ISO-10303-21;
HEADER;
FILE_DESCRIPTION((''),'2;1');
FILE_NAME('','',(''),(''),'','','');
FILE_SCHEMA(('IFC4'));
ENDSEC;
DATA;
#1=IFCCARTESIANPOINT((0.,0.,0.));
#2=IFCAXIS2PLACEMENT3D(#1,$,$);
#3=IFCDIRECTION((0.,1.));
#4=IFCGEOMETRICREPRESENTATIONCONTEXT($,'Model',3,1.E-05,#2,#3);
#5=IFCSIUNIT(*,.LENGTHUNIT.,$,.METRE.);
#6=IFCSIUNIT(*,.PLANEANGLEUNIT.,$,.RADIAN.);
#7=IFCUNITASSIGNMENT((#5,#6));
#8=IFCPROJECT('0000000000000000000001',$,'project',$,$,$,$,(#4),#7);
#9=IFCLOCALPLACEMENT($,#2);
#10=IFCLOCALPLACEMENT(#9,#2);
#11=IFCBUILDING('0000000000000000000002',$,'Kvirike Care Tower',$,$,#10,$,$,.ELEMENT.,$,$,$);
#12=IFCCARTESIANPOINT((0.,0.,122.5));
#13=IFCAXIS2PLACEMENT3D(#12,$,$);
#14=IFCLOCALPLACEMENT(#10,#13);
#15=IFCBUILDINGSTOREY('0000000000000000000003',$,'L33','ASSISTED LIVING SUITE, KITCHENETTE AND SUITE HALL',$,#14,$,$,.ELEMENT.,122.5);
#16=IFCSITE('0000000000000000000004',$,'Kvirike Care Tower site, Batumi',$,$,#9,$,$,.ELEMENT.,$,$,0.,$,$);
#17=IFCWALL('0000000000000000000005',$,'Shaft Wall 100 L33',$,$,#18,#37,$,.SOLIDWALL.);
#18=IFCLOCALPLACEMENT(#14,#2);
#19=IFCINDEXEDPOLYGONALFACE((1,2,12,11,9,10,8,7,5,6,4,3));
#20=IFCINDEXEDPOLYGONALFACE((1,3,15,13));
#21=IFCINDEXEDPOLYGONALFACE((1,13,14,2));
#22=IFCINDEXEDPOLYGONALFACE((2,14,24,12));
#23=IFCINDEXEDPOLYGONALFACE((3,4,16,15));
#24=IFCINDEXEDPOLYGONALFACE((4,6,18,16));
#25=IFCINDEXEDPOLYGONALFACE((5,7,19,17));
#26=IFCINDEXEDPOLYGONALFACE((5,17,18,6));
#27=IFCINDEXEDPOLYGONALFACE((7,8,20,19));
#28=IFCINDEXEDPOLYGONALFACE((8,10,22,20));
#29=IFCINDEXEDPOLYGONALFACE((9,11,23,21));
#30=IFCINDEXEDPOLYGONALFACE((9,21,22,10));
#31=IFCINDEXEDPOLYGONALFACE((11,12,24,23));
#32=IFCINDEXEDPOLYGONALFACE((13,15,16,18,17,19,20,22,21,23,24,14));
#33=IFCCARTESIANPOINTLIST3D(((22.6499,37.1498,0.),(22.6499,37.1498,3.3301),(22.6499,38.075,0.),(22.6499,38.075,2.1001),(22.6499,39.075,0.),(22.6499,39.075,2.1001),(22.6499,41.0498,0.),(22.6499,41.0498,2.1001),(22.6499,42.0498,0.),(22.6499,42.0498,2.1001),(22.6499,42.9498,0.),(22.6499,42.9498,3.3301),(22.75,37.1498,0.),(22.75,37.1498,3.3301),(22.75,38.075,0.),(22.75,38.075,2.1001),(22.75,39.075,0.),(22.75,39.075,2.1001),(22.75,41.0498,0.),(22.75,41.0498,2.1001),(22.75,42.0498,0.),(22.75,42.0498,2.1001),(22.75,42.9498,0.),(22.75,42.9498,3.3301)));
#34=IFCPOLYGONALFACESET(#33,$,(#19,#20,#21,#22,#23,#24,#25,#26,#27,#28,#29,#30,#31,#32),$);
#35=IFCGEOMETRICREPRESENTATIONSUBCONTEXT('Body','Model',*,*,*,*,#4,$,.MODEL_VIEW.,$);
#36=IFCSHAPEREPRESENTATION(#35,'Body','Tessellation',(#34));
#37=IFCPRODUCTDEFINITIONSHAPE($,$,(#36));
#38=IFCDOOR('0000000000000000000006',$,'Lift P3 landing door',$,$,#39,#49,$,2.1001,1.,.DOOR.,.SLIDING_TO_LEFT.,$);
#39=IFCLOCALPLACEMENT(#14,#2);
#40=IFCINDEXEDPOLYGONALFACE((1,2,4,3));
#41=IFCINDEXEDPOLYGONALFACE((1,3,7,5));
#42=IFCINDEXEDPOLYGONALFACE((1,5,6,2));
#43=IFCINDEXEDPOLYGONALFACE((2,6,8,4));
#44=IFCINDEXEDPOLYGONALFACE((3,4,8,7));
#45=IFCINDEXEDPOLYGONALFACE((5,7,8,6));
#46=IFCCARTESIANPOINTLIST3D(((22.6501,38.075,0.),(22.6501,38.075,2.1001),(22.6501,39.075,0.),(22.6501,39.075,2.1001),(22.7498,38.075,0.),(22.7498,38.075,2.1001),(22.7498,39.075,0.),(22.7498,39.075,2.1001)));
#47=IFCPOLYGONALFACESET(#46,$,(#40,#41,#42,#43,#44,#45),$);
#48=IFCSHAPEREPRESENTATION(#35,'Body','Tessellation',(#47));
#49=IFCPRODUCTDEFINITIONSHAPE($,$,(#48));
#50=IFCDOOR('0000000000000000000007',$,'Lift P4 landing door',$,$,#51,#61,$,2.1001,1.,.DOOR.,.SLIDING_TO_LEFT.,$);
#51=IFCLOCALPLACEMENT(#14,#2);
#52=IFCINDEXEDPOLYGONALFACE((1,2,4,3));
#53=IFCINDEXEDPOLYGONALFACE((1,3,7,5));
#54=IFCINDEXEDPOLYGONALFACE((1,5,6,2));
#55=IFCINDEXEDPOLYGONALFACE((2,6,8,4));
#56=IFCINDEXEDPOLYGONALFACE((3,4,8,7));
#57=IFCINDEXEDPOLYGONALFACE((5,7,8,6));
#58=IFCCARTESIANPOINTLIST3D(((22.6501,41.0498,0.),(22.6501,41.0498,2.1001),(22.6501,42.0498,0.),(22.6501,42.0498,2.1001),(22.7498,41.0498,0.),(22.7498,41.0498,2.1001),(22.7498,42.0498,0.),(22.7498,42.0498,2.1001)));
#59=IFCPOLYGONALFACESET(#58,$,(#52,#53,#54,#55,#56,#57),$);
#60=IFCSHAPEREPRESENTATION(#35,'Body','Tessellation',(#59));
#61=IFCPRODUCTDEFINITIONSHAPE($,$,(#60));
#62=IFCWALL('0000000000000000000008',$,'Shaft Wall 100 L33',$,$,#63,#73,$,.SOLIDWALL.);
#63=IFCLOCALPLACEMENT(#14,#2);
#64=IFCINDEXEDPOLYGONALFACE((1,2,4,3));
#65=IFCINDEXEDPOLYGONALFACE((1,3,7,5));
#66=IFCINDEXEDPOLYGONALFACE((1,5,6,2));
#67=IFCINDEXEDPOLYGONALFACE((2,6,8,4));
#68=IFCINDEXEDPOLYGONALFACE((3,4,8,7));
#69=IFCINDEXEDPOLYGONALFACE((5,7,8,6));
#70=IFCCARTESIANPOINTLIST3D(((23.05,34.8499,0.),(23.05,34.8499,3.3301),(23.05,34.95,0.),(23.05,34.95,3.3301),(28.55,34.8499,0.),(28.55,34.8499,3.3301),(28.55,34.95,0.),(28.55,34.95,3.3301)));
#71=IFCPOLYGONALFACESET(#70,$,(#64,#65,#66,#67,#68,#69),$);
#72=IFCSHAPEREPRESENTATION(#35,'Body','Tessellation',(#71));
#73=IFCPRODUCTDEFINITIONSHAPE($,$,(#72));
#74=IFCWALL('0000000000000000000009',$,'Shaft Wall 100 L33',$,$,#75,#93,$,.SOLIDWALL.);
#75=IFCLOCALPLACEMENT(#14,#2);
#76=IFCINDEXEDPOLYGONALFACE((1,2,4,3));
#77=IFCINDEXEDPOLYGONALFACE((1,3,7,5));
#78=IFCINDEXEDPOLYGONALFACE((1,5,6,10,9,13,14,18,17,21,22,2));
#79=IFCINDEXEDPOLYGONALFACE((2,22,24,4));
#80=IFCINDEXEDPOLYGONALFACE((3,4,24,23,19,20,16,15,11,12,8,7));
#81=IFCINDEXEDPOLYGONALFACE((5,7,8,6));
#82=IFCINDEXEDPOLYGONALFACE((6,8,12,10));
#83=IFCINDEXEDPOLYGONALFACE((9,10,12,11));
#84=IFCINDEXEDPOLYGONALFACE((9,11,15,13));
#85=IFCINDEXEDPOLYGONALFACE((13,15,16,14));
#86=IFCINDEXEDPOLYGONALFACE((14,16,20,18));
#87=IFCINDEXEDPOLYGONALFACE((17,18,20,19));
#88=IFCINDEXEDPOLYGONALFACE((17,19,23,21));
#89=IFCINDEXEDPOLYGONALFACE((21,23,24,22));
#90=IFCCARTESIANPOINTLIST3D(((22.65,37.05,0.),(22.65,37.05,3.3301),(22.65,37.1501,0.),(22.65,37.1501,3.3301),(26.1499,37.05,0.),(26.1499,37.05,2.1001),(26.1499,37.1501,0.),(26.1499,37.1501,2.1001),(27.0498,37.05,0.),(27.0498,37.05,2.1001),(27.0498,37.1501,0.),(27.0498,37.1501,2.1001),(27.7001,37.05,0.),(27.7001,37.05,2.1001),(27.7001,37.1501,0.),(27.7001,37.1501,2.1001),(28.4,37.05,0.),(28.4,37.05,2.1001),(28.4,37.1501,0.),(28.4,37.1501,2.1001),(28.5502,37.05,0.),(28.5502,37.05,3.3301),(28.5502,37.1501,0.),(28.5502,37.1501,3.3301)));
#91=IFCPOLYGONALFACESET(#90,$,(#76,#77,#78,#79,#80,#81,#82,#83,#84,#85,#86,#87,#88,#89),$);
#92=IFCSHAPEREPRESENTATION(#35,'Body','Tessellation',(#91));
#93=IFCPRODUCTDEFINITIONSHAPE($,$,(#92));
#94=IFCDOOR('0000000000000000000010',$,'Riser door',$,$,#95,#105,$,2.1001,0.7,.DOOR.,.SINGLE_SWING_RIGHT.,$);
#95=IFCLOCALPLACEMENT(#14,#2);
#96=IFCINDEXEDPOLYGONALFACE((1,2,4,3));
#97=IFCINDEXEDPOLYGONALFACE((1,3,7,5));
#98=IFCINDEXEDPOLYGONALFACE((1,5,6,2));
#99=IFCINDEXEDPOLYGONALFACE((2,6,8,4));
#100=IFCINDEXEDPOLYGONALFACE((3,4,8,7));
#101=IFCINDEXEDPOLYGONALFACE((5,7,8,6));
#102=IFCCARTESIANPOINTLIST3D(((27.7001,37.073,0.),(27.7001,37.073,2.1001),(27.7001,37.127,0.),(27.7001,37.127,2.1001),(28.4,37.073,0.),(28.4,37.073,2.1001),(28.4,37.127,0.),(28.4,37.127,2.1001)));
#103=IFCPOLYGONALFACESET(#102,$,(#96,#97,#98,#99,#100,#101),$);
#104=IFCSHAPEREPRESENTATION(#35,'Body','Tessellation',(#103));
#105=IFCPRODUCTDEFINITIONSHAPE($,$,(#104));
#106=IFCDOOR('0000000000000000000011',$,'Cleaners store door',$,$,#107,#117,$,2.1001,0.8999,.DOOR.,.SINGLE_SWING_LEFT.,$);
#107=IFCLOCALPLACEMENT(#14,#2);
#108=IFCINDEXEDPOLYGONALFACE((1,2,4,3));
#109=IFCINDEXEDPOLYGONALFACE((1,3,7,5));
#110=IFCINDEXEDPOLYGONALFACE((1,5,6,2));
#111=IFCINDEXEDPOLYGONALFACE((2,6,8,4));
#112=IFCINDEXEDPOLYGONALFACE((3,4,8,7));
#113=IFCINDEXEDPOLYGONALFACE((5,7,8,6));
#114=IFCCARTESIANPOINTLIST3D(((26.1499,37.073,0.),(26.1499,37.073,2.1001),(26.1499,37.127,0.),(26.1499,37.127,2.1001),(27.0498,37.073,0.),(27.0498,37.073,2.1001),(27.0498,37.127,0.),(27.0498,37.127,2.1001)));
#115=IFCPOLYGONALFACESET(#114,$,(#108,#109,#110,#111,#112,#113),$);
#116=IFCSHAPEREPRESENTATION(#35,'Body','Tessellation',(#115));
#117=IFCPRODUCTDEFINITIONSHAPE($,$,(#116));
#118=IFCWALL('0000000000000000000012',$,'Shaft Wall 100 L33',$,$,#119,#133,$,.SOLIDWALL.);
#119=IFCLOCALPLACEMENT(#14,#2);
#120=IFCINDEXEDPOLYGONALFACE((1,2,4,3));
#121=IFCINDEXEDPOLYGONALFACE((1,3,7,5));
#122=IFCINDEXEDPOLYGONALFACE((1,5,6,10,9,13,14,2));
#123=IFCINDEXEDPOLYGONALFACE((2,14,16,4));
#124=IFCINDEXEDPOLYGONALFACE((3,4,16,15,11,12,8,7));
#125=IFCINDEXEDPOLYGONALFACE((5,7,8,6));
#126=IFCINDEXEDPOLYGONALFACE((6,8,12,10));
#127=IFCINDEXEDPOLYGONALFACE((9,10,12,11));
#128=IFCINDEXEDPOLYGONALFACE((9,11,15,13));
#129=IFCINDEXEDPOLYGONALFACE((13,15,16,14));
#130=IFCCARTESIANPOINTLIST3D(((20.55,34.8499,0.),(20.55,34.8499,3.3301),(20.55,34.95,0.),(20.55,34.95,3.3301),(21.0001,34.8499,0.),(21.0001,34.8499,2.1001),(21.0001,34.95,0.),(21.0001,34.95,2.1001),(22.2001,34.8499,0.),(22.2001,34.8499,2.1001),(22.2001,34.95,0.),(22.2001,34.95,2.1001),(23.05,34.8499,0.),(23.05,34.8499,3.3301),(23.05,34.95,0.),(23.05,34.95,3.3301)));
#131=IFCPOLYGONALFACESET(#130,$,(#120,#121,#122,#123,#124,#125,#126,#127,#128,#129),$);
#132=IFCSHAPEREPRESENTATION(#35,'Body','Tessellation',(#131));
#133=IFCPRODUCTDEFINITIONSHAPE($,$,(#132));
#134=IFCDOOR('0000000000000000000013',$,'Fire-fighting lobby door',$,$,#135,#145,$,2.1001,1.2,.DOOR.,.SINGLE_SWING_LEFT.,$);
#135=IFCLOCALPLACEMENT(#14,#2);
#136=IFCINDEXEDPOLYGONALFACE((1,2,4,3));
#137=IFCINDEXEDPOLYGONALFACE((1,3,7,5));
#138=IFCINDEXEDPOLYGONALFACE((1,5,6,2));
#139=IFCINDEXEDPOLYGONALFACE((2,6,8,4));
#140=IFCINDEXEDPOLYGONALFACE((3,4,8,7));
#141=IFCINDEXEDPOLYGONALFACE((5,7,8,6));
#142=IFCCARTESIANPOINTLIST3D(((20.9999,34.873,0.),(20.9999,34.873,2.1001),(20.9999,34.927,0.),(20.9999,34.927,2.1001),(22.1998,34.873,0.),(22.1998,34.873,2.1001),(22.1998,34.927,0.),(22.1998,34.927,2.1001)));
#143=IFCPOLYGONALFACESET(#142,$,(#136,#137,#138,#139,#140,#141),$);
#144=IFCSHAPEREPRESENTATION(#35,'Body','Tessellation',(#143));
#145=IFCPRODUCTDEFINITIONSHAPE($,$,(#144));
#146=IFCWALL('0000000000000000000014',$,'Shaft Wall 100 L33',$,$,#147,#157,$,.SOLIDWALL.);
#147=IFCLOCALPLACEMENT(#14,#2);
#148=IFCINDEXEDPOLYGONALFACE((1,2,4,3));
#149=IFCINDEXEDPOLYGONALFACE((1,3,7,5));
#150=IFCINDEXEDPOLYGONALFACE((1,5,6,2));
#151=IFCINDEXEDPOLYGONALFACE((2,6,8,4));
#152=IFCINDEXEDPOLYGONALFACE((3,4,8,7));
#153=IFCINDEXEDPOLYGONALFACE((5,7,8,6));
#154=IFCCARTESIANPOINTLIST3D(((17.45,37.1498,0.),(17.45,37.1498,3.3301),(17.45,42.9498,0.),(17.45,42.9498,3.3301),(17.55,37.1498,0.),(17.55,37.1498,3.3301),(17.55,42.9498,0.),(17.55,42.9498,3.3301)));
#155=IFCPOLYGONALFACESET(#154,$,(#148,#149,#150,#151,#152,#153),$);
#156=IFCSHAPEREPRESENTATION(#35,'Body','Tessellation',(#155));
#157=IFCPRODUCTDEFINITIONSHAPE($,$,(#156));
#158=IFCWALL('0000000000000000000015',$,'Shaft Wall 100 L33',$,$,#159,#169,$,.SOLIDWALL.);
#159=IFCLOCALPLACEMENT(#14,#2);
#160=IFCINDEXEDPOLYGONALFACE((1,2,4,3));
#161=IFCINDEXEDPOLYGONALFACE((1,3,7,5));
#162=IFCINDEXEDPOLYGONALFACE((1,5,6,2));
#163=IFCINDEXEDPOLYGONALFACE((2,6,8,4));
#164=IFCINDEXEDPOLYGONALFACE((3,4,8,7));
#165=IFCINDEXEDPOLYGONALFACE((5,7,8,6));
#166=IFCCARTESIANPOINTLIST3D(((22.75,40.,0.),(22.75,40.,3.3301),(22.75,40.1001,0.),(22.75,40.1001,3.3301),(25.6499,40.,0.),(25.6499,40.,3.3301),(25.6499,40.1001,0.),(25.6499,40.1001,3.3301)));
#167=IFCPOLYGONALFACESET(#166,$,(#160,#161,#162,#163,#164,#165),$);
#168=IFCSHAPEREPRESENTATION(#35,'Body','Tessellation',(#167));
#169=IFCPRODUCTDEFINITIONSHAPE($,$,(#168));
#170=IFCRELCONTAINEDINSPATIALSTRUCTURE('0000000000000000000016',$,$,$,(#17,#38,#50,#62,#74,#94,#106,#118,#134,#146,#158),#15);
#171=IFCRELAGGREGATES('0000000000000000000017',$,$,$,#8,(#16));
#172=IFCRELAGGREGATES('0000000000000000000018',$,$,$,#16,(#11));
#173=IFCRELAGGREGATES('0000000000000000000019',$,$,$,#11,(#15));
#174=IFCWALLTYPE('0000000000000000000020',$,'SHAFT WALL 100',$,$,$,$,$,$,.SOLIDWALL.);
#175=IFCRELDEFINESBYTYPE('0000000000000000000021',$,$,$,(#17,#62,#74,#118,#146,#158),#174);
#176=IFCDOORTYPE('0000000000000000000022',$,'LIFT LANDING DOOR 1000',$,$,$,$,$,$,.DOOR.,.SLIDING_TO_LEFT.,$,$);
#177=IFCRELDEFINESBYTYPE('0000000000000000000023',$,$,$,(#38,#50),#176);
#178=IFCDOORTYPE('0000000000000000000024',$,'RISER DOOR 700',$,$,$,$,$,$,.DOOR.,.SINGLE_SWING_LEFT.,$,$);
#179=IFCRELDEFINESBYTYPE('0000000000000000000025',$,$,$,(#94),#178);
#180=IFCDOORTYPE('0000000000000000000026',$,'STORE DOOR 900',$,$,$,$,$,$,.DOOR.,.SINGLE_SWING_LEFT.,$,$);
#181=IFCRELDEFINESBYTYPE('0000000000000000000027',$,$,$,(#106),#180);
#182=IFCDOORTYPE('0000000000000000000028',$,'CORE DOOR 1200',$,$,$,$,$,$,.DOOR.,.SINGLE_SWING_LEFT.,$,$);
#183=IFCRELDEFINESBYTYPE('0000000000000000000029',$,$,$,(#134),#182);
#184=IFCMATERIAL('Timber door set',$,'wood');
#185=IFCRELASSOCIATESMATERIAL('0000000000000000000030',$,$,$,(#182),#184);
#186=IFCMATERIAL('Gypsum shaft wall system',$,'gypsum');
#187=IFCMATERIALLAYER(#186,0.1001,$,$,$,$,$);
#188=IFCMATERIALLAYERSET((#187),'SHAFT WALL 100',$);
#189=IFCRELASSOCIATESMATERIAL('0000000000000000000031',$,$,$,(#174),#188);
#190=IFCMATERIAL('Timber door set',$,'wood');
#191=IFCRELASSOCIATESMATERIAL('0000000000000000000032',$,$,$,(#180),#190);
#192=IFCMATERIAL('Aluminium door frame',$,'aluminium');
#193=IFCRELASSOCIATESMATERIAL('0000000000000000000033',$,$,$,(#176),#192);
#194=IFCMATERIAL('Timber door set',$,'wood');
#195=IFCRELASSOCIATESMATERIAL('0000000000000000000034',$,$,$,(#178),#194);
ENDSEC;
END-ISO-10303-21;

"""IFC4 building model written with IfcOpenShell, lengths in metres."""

from ifc_helpers import new_model, si_unit, direction, frame, frame_2d, origin, place, context, subcontext, project, spatial, rectangle, extrude, material, layer, layer_set, type_object, element, fill, save


model = new_model("IFC4")

# Units and contexts
model_context = context("Model", 3, precision=1e-05, world=origin(), true_north=direction((0.0, 1.0)))
body_context = subcontext(model_context, "Body", "Model", "MODEL_VIEW")
ifc_project = project(units=[si_unit("LENGTHUNIT", "METRE"), si_unit("PLANEANGLEUNIT", "RADIAN")], contexts=[model_context])

# Site, building, storey
site_placement = place(None, origin())
site = spatial("IfcSite", under=ifc_project, at=site_placement, Name="Kvirike Care Tower site, Batumi", CompositionType="ELEMENT", RefElevation=0.0)
building_placement = place(site_placement, origin())
building = spatial("IfcBuilding", under=site, at=building_placement, Name="Kvirike Care Tower", CompositionType="ELEMENT")
storey_placement = place(building_placement, frame((0.0, 0.0, 122.5)))
storey = spatial("IfcBuildingStorey", under=building, at=storey_placement, Name="L33", Description="ASSISTED LIVING SUITE, KITCHENETTE AND SUITE HALL", CompositionType="ELEMENT", Elevation=122.5)

# Shared definitions
ifc_material_1 = material(Name="Timber door set", Category="wood")
door_type_1 = type_object("IfcDoorType", Name="CORE DOOR 1200", OperationType="SINGLE_SWING_LEFT", PredefinedType="DOOR", material=ifc_material_1)

# Shared definitions
ifc_material_2 = material(Name="Gypsum shaft wall system", Category="gypsum")
ifc_layer_1 = layer(ifc_material_2, 0.1001)
ifc_layer_set_1 = layer_set([ifc_layer_1], Name="SHAFT WALL 100")
wall_type_1 = type_object("IfcWallType", Name="SHAFT WALL 100", PredefinedType="SOLIDWALL", material=ifc_layer_set_1)

# Shared definitions
ifc_material_3 = material(Name="Timber door set", Category="wood")
door_type_2 = type_object("IfcDoorType", Name="STORE DOOR 900", OperationType="SINGLE_SWING_LEFT", PredefinedType="DOOR", material=ifc_material_3)

# Wall, openings, doors
wall_1_placement = place(storey_placement, frame((22.7, 37.1499, 0.0), z_axis=(0.0, 0.0, 1.0), x_axis=(0.0, 1.0, 0.0)))
wall_1 = element("IfcWall", 1, at=wall_1_placement, inside=storey, type_object=wall_type_1, Name="Shaft Wall 100 L33", PredefinedType="SOLIDWALL", context=body_context, shape_type="SweptSolid", body=[
    extrude(rectangle(XDim=5.8, YDim=0.1001, at=frame_2d((2.8999, 0.0))), origin(), (0.0, 0.0, 1.0), 3.3301),
])
opening_1_placement = place(wall_1_placement, frame((0.925, 0.0, 0.0)))
opening_1 = element("IfcOpeningElement", 2, at=opening_1_placement, cuts=wall_1, PredefinedType="OPENING", context=body_context, shape_type="SweptSolid", body=[
    extrude(rectangle(XDim=1.0, YDim=2.1001, at=frame_2d((0.5, 1.05))), frame((0.0, 0.0605, 0.0), z_axis=(0.0, -1.0, 0.0), x_axis=(1.0, 0.0, 0.0)), (0.0, 0.0, 1.0), 0.1211),
])
opening_2_placement = place(wall_1_placement, frame((3.8999, 0.0, 0.0)))
opening_2 = element("IfcOpeningElement", 3, at=opening_2_placement, cuts=wall_1, PredefinedType="OPENING", context=body_context, shape_type="SweptSolid", body=[
    extrude(rectangle(XDim=1.0, YDim=2.1001, at=frame_2d((0.5, 1.05))), frame((0.0, 0.0605, 0.0), z_axis=(0.0, -1.0, 0.0), x_axis=(1.0, 0.0, 0.0)), (0.0, 0.0, 1.0), 0.1211),
])
ifc_material_4 = material(Name="Aluminium door frame", Category="aluminium")
door_type_3 = type_object("IfcDoorType", Name="LIFT LANDING DOOR 1000", OperationType="SLIDING_TO_LEFT", PredefinedType="DOOR", material=ifc_material_4)
door_1_placement = place(opening_1_placement, origin())
door_1 = element("IfcDoor", 4, at=door_1_placement, inside=storey, type_object=door_type_3, Name="Lift P3 landing door", OperationType="SLIDING_TO_LEFT", OverallHeight=2.1001, OverallWidth=1.0, PredefinedType="DOOR", context=body_context, shape_type="SweptSolid", body=[
    extrude(rectangle(XDim=1.0, YDim=2.1001, at=frame_2d((0.5, 1.05))), frame((0.0, 0.0498, 0.0), z_axis=(0.0, -1.0, 0.0), x_axis=(1.0, 0.0, 0.0)), (0.0, 0.0, 1.0), 0.0996),
])
fill(opening_1, door_1)
door_2_placement = place(opening_2_placement, origin())
door_2 = element("IfcDoor", 5, at=door_2_placement, inside=storey, type_object=door_type_3, Name="Lift P4 landing door", OperationType="SLIDING_TO_LEFT", OverallHeight=2.1001, OverallWidth=1.0, PredefinedType="DOOR", context=body_context, shape_type="SweptSolid", body=[
    extrude(rectangle(XDim=1.0, YDim=2.1001, at=frame_2d((0.5, 1.05))), frame((0.0, 0.0498, 0.0), z_axis=(0.0, -1.0, 0.0), x_axis=(1.0, 0.0, 0.0)), (0.0, 0.0, 1.0), 0.0996),
])
fill(opening_2, door_2)

# Wall
wall_2_placement = place(storey_placement, frame((23.05, 34.8999, 0.0), z_axis=(0.0, 0.0, 1.0), x_axis=(1.0, 0.0, 0.0)))
element("IfcWall", 6, at=wall_2_placement, inside=storey, type_object=wall_type_1, Name="Shaft Wall 100 L33", PredefinedType="SOLIDWALL", context=body_context, shape_type="SweptSolid", body=[
    extrude(rectangle(XDim=5.5, YDim=0.1001, at=frame_2d((2.75, 0.0))), origin(), (0.0, 0.0, 1.0), 3.3301),
])

# Wall, openings, doors
wall_3_placement = place(storey_placement, frame((22.6499, 37.1001, 0.0), z_axis=(0.0, 0.0, 1.0), x_axis=(1.0, 0.0, 0.0)))
wall_3 = element("IfcWall", 7, at=wall_3_placement, inside=storey, type_object=wall_type_1, Name="Shaft Wall 100 L33", PredefinedType="SOLIDWALL", context=body_context, shape_type="SweptSolid", body=[
    extrude(rectangle(XDim=5.9001, YDim=0.1001, at=frame_2d((2.9502, 0.0))), origin(), (0.0, 0.0, 1.0), 3.3301),
])
opening_3_placement = place(wall_3_placement, frame((3.5, 0.0, 0.0)))
opening_3 = element("IfcOpeningElement", 8, at=opening_3_placement, cuts=wall_3, PredefinedType="OPENING", context=body_context, shape_type="SweptSolid", body=[
    extrude(rectangle(XDim=0.8999, YDim=2.1001, at=frame_2d((0.45, 1.05))), frame((0.0, 0.0605, 0.0), z_axis=(0.0, -1.0, 0.0), x_axis=(1.0, 0.0, 0.0)), (0.0, 0.0, 1.0), 0.1211),
])
opening_4_placement = place(wall_3_placement, frame((5.05, 0.0, 0.0)))
opening_4 = element("IfcOpeningElement", 9, at=opening_4_placement, cuts=wall_3, PredefinedType="OPENING", context=body_context, shape_type="SweptSolid", body=[
    extrude(rectangle(XDim=0.7, YDim=2.1001, at=frame_2d((0.3501, 1.05))), frame((0.0, 0.0605, 0.0), z_axis=(0.0, -1.0, 0.0), x_axis=(1.0, 0.0, 0.0)), (0.0, 0.0, 1.0), 0.1211),
])
ifc_material_5 = material(Name="Timber door set", Category="wood")
door_type_4 = type_object("IfcDoorType", Name="RISER DOOR 700", OperationType="SINGLE_SWING_LEFT", PredefinedType="DOOR", material=ifc_material_5)
door_3_placement = place(opening_4_placement, origin())
door_3 = element("IfcDoor", 10, at=door_3_placement, inside=storey, type_object=door_type_4, Name="Riser door", OperationType="SINGLE_SWING_RIGHT", OverallHeight=2.1001, OverallWidth=0.7, PredefinedType="DOOR", context=body_context, shape_type="SweptSolid", body=[
    extrude(rectangle(XDim=0.7, YDim=2.1001, at=frame_2d((0.3501, 1.05))), frame((0.0, 0.0269, 0.0), z_axis=(0.0, -1.0, 0.0), x_axis=(1.0, 0.0, 0.0)), (0.0, 0.0, 1.0), 0.054),
])
fill(opening_4, door_3)
door_4_placement = place(opening_3_placement, origin())
door_4 = element("IfcDoor", 11, at=door_4_placement, inside=storey, type_object=door_type_2, Name="Cleaners store door", OperationType="SINGLE_SWING_LEFT", OverallHeight=2.1001, OverallWidth=0.8999, PredefinedType="DOOR", context=body_context, shape_type="SweptSolid", body=[
    extrude(rectangle(XDim=0.8999, YDim=2.1001, at=frame_2d((0.45, 1.05))), frame((0.0, 0.0269, 0.0), z_axis=(0.0, -1.0, 0.0), x_axis=(1.0, 0.0, 0.0)), (0.0, 0.0, 1.0), 0.054),
])
fill(opening_3, door_4)

# Wall, opening, door
wall_4_placement = place(storey_placement, frame((20.55, 34.8999, 0.0), z_axis=(0.0, 0.0, 1.0), x_axis=(1.0, 0.0, 0.0)))
wall_4 = element("IfcWall", 12, at=wall_4_placement, inside=storey, type_object=wall_type_1, Name="Shaft Wall 100 L33", PredefinedType="SOLIDWALL", context=body_context, shape_type="SweptSolid", body=[
    extrude(rectangle(XDim=2.5, YDim=0.1001, at=frame_2d((1.25, 0.0))), origin(), (0.0, 0.0, 1.0), 3.3301),
])
opening_5_placement = place(wall_4_placement, frame((0.45, 0.0, 0.0)))
opening_5 = element("IfcOpeningElement", 13, at=opening_5_placement, cuts=wall_4, PredefinedType="OPENING", context=body_context, shape_type="SweptSolid", body=[
    extrude(rectangle(XDim=1.2, YDim=2.1001, at=frame_2d((0.6001, 1.05))), frame((0.0, 0.0605, 0.0), z_axis=(0.0, -1.0, 0.0), x_axis=(1.0, 0.0, 0.0)), (0.0, 0.0, 1.0), 0.1211),
])
door_5_placement = place(opening_5_placement, frame((1.2, 0.0, 0.0), z_axis=(0.0, 0.0, 1.0), x_axis=(-1.0, 0.0, 0.0)))
door_5 = element("IfcDoor", 14, at=door_5_placement, inside=storey, type_object=door_type_1, Name="Fire-fighting lobby door", OperationType="SINGLE_SWING_LEFT", OverallHeight=2.1001, OverallWidth=1.2, PredefinedType="DOOR", context=body_context, shape_type="SweptSolid", body=[
    extrude(rectangle(XDim=1.2, YDim=2.1001, at=frame_2d((0.6001, 1.05))), frame((0.0, 0.0269, 0.0), z_axis=(0.0, -1.0, 0.0), x_axis=(1.0, 0.0, 0.0)), (0.0, 0.0, 1.0), 0.054),
])
fill(opening_5, door_5)

# Walls
wall_5_placement = place(storey_placement, frame((17.5, 37.1499, 0.0), z_axis=(0.0, 0.0, 1.0), x_axis=(0.0, 1.0, 0.0)))
element("IfcWall", 15, at=wall_5_placement, inside=storey, type_object=wall_type_1, Name="Shaft Wall 100 L33", PredefinedType="SOLIDWALL", context=body_context, shape_type="SweptSolid", body=[
    extrude(rectangle(XDim=5.8, YDim=0.1001, at=frame_2d((2.8999, 0.0))), origin(), (0.0, 0.0, 1.0), 3.3301),
])
wall_6_placement = place(storey_placement, frame((22.75, 40.05, 0.0), z_axis=(0.0, 0.0, 1.0), x_axis=(1.0, 0.0, 0.0)))
element("IfcWall", 16, at=wall_6_placement, inside=storey, type_object=wall_type_1, Name="Shaft Wall 100 L33", PredefinedType="SOLIDWALL", context=body_context, shape_type="SweptSolid", body=[
    extrude(rectangle(XDim=2.8999, YDim=0.1001, at=frame_2d((1.45, 0.0))), origin(), (0.0, 0.0, 1.0), 3.3301),
])

save(model, "model.ifc")
